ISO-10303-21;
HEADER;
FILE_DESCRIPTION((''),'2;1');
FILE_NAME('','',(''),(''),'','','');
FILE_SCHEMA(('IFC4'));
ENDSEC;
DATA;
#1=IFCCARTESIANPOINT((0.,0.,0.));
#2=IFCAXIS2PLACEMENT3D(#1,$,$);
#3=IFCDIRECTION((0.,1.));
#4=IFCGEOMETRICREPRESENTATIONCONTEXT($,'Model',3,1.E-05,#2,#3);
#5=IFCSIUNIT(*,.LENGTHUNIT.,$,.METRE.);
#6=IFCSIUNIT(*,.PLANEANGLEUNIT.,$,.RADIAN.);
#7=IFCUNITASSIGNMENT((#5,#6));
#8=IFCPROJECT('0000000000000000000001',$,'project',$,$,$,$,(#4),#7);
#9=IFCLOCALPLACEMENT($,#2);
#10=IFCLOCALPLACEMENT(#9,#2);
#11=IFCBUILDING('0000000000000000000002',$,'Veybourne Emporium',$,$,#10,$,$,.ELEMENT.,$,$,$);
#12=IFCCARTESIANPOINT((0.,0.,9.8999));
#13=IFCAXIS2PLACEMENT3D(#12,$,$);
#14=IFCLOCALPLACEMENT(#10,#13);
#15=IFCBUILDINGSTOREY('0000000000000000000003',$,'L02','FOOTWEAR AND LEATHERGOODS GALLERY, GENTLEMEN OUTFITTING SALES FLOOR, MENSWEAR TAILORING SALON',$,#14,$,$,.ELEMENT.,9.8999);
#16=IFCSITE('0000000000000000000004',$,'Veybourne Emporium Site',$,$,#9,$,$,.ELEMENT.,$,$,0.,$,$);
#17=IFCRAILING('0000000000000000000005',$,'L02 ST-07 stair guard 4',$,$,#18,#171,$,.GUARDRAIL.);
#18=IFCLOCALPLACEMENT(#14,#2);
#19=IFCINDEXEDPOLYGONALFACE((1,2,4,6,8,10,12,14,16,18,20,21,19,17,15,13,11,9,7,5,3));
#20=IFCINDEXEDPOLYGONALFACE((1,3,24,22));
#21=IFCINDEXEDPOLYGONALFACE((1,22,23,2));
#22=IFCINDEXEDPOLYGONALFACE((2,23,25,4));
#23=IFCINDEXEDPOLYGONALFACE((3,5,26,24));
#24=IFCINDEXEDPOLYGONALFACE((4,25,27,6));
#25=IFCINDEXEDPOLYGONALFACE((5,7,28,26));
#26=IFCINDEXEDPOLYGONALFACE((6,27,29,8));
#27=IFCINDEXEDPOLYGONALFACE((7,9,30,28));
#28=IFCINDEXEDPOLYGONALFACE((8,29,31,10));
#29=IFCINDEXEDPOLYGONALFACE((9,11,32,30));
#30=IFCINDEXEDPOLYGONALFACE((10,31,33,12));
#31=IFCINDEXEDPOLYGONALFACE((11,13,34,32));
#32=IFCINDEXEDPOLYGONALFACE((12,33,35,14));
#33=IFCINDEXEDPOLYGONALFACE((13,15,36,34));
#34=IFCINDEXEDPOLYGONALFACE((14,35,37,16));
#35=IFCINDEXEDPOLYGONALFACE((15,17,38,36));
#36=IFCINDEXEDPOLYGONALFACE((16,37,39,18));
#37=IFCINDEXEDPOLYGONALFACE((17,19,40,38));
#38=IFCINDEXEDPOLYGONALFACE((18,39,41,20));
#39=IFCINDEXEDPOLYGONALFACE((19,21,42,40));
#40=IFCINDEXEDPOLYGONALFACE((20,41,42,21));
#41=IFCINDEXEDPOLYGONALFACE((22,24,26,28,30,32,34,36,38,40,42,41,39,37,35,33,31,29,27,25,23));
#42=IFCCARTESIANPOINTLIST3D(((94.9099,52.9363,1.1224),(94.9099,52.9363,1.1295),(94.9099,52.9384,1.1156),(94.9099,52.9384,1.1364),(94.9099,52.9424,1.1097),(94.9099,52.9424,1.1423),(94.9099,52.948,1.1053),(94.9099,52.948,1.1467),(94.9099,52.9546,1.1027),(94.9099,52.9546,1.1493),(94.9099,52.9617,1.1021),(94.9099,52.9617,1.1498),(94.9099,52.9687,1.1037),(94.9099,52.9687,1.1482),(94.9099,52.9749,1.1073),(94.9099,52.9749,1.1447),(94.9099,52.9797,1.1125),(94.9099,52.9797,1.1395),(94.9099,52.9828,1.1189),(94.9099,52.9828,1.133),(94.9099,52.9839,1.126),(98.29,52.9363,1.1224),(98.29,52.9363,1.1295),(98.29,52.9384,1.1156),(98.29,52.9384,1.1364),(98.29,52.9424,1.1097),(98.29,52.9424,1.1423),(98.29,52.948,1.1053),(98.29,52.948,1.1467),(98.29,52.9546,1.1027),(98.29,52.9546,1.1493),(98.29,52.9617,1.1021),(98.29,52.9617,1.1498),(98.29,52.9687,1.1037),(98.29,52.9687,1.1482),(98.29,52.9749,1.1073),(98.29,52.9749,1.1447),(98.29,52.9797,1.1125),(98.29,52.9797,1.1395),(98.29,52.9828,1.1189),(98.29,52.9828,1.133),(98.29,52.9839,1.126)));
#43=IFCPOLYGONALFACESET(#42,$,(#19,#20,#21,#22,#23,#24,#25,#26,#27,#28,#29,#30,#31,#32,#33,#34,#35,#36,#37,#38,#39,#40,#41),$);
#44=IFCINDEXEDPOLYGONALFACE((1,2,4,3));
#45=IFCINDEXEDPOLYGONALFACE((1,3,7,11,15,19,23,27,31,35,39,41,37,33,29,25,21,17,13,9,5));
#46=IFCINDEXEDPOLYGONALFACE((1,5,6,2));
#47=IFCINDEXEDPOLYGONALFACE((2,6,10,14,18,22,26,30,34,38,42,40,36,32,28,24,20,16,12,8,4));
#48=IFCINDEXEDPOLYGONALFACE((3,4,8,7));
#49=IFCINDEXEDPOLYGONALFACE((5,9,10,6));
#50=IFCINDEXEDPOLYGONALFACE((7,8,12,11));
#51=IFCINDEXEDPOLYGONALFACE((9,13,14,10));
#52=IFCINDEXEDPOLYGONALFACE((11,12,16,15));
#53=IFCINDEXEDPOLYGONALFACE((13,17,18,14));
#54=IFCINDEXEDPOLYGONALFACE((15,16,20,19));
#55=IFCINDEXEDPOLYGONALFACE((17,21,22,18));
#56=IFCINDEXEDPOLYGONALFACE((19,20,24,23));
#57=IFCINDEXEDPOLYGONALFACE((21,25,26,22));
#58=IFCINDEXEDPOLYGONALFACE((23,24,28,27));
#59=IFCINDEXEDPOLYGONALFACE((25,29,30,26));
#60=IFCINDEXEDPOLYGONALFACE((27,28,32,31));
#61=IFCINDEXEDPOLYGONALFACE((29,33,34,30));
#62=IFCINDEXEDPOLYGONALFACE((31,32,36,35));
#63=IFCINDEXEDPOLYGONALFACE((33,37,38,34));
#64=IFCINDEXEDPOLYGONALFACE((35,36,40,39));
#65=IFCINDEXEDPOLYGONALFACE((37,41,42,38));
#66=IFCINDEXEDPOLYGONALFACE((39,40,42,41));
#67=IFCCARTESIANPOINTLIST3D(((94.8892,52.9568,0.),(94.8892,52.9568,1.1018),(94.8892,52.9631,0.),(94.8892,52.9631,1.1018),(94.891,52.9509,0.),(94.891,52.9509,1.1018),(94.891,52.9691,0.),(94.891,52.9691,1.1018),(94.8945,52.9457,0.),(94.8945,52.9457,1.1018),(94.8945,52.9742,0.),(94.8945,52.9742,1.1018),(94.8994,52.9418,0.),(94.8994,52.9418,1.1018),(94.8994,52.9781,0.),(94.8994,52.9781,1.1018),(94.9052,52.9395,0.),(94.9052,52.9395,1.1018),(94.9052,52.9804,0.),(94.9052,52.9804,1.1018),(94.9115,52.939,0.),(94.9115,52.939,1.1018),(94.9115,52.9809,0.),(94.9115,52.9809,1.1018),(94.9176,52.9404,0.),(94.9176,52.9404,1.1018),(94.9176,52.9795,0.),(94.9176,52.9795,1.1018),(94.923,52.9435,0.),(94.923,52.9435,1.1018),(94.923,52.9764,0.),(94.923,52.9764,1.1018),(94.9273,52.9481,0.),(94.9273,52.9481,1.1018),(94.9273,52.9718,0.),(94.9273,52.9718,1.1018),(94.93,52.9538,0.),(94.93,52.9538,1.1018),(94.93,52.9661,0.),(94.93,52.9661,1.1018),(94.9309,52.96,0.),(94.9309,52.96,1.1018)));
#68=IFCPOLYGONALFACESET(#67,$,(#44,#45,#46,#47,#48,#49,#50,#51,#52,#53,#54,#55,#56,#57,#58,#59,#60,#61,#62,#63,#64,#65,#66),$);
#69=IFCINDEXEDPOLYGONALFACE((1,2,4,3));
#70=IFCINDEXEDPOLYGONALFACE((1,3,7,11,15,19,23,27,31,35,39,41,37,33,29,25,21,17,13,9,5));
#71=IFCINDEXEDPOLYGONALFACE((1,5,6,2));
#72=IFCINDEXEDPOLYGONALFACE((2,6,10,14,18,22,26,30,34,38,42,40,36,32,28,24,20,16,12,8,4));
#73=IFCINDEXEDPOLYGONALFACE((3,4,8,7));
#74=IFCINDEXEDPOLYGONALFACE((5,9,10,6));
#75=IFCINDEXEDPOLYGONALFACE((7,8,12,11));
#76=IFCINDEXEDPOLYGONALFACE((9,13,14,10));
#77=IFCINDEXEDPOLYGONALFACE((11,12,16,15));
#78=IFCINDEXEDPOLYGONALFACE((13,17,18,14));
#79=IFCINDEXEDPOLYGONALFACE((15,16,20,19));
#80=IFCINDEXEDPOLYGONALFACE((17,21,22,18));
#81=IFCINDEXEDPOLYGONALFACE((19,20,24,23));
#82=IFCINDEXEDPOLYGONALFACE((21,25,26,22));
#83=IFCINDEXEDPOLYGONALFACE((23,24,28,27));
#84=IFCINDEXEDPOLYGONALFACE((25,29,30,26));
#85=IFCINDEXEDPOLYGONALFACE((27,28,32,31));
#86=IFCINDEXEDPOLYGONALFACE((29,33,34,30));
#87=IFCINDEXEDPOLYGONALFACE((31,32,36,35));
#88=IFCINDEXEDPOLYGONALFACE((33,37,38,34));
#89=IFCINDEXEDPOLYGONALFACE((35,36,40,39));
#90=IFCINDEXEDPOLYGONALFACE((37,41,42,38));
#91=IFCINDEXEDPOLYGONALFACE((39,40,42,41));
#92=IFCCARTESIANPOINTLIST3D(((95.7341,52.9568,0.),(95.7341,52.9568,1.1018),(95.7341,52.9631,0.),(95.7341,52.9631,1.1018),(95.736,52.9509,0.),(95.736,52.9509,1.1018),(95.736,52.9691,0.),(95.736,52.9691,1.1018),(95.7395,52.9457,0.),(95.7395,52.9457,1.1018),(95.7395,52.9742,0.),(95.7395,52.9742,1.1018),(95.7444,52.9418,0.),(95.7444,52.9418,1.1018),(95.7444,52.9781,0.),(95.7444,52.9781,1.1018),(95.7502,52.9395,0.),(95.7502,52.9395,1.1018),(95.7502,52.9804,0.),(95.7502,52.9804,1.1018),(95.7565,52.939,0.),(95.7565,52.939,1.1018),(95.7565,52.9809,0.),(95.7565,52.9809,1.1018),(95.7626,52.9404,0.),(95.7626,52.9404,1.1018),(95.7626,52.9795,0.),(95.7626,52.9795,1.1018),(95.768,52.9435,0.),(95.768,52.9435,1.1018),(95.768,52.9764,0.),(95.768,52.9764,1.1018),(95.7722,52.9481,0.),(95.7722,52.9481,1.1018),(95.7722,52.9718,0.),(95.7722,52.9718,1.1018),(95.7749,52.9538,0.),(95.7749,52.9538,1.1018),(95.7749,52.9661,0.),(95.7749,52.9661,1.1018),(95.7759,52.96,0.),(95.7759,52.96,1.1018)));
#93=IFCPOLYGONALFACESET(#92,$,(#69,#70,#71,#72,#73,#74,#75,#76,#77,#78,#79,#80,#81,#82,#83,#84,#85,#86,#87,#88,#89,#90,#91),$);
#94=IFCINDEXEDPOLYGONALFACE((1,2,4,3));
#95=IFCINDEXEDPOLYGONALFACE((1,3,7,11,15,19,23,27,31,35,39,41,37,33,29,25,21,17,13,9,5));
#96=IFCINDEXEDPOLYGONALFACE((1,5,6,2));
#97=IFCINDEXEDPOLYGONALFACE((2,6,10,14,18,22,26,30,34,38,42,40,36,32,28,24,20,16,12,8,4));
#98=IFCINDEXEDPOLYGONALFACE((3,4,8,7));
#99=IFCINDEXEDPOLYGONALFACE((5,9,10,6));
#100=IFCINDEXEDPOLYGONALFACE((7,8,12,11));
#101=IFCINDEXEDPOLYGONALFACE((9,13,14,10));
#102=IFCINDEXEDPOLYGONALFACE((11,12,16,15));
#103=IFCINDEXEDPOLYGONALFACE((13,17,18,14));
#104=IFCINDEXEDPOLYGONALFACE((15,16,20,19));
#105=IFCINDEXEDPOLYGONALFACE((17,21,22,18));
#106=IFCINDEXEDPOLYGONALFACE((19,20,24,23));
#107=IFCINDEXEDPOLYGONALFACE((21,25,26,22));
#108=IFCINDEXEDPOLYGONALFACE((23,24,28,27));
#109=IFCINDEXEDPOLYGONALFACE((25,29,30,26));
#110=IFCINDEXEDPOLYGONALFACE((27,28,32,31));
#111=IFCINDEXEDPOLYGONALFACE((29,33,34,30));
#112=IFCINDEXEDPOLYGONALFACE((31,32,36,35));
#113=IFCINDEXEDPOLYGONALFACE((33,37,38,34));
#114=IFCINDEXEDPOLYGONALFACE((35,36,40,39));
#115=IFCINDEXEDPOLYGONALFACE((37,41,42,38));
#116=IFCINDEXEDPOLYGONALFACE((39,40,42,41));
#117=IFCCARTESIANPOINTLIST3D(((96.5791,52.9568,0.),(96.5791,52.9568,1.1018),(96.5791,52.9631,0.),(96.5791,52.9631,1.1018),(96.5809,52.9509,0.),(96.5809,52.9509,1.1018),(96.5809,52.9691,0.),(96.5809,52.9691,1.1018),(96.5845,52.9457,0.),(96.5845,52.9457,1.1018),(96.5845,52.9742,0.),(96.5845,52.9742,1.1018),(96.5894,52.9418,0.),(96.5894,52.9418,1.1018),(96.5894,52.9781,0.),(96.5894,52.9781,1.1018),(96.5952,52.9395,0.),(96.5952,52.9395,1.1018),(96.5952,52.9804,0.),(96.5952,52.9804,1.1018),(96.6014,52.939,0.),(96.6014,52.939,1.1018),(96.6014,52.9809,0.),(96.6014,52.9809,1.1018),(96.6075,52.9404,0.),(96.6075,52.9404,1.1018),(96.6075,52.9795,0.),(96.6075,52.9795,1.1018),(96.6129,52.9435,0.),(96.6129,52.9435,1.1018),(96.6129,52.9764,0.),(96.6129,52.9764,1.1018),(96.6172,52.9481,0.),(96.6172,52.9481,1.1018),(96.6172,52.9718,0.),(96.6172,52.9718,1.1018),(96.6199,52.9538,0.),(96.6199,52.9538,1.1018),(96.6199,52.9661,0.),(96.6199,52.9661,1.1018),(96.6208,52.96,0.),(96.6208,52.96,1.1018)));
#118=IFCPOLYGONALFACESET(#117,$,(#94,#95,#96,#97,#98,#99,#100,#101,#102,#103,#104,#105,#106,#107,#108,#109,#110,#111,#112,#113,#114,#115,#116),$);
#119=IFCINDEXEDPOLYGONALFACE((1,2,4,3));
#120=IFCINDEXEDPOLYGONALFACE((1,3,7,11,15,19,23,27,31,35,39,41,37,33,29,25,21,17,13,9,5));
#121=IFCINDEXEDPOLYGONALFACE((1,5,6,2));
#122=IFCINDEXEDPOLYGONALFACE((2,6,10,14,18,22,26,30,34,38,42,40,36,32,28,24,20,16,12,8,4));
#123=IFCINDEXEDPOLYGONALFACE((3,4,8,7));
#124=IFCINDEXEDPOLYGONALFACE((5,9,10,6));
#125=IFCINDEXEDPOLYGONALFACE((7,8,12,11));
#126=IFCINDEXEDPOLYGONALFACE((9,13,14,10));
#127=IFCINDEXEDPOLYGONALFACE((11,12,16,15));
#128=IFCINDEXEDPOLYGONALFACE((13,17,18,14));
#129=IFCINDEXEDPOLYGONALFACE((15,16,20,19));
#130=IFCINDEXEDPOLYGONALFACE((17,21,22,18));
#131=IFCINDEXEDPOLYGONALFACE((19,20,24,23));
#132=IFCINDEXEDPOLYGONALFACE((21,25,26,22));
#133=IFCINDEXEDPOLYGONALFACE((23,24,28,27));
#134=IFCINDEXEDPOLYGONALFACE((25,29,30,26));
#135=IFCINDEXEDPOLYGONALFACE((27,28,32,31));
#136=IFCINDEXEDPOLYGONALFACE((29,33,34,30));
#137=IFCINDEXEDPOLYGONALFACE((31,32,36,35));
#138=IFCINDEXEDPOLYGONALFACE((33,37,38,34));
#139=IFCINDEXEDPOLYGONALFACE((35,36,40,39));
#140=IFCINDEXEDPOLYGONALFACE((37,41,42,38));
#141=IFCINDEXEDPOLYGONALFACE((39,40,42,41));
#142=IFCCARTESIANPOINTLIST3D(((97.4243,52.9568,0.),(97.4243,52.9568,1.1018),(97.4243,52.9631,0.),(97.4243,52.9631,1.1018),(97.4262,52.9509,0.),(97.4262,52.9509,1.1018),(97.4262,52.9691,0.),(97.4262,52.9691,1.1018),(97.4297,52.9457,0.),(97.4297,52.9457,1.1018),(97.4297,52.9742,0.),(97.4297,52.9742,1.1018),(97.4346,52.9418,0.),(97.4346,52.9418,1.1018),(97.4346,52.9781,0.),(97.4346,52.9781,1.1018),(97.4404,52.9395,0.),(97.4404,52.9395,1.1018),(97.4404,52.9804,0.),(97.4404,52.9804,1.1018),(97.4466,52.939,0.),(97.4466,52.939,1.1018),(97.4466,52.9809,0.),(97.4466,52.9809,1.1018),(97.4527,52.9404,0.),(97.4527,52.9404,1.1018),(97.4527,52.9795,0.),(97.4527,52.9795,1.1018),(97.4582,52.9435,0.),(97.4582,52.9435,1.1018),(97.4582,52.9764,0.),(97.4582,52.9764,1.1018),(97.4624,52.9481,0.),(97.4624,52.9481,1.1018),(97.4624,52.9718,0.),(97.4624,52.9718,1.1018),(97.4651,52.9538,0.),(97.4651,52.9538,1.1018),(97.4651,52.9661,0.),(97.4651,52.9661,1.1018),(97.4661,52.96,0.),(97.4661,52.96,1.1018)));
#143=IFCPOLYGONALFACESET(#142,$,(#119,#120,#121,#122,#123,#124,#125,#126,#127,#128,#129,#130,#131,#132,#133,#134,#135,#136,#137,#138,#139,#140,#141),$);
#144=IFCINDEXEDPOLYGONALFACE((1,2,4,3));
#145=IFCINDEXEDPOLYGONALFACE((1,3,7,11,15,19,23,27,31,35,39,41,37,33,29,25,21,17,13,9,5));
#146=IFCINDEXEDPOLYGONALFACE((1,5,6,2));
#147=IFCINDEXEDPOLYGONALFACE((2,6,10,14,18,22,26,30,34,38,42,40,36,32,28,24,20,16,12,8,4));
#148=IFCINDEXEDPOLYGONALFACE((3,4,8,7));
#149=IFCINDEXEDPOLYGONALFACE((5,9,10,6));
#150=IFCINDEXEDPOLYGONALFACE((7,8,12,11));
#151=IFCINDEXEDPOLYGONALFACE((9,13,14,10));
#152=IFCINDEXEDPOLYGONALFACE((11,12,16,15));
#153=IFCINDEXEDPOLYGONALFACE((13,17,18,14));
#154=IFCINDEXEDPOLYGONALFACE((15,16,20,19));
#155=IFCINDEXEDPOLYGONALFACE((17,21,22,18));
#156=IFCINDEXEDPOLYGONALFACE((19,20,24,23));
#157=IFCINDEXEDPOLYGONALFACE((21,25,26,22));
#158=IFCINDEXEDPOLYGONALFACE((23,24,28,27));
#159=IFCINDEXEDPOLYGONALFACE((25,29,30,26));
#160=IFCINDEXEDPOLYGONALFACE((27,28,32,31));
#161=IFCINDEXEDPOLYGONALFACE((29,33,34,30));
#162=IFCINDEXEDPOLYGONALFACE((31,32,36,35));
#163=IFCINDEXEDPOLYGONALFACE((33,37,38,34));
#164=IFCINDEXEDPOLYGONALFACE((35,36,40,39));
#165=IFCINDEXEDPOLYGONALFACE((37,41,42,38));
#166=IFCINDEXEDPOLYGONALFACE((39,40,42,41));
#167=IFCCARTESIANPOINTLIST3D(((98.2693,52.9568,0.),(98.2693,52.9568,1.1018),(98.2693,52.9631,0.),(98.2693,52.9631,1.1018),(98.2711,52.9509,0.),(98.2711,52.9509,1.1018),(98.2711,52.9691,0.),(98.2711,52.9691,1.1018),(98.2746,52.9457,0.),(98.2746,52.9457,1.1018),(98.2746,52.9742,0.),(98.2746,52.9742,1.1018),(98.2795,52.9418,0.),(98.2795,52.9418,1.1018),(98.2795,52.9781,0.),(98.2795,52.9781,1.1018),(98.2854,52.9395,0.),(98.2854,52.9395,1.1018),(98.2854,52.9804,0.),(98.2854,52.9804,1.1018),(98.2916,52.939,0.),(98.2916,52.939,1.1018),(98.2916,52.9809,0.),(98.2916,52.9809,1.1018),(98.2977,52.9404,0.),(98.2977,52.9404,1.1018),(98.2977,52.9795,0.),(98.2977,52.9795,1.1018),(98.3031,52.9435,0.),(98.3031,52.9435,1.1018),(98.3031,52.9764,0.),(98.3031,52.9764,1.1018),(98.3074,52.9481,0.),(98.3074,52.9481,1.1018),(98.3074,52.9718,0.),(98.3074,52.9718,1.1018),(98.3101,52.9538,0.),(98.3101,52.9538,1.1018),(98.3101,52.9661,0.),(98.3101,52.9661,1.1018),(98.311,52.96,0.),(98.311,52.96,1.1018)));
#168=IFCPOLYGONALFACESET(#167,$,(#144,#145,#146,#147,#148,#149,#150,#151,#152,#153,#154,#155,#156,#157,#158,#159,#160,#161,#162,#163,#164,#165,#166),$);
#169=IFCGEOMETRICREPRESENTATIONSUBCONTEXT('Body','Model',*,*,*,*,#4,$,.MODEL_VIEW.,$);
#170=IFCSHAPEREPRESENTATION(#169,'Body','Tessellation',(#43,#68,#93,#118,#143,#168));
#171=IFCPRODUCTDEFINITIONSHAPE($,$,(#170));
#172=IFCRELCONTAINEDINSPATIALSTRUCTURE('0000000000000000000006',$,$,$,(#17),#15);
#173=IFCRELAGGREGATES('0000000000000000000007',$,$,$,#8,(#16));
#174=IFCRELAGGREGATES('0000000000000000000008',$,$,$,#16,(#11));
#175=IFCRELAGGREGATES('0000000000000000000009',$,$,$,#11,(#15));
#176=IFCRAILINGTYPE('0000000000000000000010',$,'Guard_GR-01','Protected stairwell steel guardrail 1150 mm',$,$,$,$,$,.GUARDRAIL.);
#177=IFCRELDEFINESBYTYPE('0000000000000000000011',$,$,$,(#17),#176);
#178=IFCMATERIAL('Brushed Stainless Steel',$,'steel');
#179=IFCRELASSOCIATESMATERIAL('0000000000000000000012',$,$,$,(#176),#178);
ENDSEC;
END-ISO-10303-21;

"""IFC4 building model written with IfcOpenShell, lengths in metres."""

from ifc_helpers import new_model, si_unit, direction, frame, origin, origin_2d, place, context, subcontext, project, spatial, circle, extrude, material, type_object, element, save


model = new_model("IFC4")

# Units and contexts
model_context = context("Model", 3, precision=1e-05, world=origin(), true_north=direction((0.0, 1.0)))
body_context = subcontext(model_context, "Body", "Model", "MODEL_VIEW")
ifc_project = project(units=[si_unit("LENGTHUNIT", "METRE"), si_unit("PLANEANGLEUNIT", "RADIAN")], contexts=[model_context])

# Site, building, storey
site_placement = place(None, origin())
site = spatial("IfcSite", under=ifc_project, at=site_placement, Name="Veybourne Emporium Site", CompositionType="ELEMENT", RefElevation=0.0)
building_placement = place(site_placement, origin())
building = spatial("IfcBuilding", under=site, at=building_placement, Name="Veybourne Emporium", CompositionType="ELEMENT")
storey_placement = place(building_placement, frame((0.0, 0.0, 9.8999)))
storey = spatial("IfcBuildingStorey", under=building, at=storey_placement, Name="L02", Description="FOOTWEAR AND LEATHERGOODS GALLERY, GENTLEMEN OUTFITTING SALES FLOOR, MENSWEAR TAILORING SALON", CompositionType="ELEMENT", Elevation=9.8999)

# Railing
ifc_material_1 = material(Name="Brushed Stainless Steel", Category="steel")
railing_type_1 = type_object("IfcRailingType", Name="Guard_GR-01", Description="Protected stairwell steel guardrail 1150 mm", PredefinedType="GUARDRAIL", material=ifc_material_1)
railing_1_placement = place(storey_placement, frame((94.9099, 52.96, 0.0)))
element("IfcRailing", 1, at=railing_1_placement, inside=storey, type_object=railing_type_1, Name="L02 ST-07 stair guard 4", PredefinedType="GUARDRAIL", context=body_context, shape_type="SweptSolid", body=[
    extrude(circle(Radius=0.0239, at=origin_2d()), frame((0.0, 0.0, 1.126), z_axis=(1.0, 0.0, 0.0), x_axis=(0.0, 1.0, 0.0)), (0.0, 0.0, 1.0), 3.3801),
    extrude(circle(Radius=0.021, at=origin_2d()), origin(), (0.0, 0.0, 1.0), 1.1018),
    extrude(circle(Radius=0.021, at=origin_2d()), frame((0.845, 0.0, 0.0)), (0.0, 0.0, 1.0), 1.1018),
    extrude(circle(Radius=0.021, at=origin_2d()), frame((1.6899, 0.0, 0.0)), (0.0, 0.0, 1.0), 1.1018),
    extrude(circle(Radius=0.021, at=origin_2d()), frame((2.5352, 0.0, 0.0)), (0.0, 0.0, 1.0), 1.1018),
    extrude(circle(Radius=0.021, at=origin_2d()), frame((3.3801, 0.0, 0.0)), (0.0, 0.0, 1.0), 1.1018),
])

save(model, "model.ifc")
